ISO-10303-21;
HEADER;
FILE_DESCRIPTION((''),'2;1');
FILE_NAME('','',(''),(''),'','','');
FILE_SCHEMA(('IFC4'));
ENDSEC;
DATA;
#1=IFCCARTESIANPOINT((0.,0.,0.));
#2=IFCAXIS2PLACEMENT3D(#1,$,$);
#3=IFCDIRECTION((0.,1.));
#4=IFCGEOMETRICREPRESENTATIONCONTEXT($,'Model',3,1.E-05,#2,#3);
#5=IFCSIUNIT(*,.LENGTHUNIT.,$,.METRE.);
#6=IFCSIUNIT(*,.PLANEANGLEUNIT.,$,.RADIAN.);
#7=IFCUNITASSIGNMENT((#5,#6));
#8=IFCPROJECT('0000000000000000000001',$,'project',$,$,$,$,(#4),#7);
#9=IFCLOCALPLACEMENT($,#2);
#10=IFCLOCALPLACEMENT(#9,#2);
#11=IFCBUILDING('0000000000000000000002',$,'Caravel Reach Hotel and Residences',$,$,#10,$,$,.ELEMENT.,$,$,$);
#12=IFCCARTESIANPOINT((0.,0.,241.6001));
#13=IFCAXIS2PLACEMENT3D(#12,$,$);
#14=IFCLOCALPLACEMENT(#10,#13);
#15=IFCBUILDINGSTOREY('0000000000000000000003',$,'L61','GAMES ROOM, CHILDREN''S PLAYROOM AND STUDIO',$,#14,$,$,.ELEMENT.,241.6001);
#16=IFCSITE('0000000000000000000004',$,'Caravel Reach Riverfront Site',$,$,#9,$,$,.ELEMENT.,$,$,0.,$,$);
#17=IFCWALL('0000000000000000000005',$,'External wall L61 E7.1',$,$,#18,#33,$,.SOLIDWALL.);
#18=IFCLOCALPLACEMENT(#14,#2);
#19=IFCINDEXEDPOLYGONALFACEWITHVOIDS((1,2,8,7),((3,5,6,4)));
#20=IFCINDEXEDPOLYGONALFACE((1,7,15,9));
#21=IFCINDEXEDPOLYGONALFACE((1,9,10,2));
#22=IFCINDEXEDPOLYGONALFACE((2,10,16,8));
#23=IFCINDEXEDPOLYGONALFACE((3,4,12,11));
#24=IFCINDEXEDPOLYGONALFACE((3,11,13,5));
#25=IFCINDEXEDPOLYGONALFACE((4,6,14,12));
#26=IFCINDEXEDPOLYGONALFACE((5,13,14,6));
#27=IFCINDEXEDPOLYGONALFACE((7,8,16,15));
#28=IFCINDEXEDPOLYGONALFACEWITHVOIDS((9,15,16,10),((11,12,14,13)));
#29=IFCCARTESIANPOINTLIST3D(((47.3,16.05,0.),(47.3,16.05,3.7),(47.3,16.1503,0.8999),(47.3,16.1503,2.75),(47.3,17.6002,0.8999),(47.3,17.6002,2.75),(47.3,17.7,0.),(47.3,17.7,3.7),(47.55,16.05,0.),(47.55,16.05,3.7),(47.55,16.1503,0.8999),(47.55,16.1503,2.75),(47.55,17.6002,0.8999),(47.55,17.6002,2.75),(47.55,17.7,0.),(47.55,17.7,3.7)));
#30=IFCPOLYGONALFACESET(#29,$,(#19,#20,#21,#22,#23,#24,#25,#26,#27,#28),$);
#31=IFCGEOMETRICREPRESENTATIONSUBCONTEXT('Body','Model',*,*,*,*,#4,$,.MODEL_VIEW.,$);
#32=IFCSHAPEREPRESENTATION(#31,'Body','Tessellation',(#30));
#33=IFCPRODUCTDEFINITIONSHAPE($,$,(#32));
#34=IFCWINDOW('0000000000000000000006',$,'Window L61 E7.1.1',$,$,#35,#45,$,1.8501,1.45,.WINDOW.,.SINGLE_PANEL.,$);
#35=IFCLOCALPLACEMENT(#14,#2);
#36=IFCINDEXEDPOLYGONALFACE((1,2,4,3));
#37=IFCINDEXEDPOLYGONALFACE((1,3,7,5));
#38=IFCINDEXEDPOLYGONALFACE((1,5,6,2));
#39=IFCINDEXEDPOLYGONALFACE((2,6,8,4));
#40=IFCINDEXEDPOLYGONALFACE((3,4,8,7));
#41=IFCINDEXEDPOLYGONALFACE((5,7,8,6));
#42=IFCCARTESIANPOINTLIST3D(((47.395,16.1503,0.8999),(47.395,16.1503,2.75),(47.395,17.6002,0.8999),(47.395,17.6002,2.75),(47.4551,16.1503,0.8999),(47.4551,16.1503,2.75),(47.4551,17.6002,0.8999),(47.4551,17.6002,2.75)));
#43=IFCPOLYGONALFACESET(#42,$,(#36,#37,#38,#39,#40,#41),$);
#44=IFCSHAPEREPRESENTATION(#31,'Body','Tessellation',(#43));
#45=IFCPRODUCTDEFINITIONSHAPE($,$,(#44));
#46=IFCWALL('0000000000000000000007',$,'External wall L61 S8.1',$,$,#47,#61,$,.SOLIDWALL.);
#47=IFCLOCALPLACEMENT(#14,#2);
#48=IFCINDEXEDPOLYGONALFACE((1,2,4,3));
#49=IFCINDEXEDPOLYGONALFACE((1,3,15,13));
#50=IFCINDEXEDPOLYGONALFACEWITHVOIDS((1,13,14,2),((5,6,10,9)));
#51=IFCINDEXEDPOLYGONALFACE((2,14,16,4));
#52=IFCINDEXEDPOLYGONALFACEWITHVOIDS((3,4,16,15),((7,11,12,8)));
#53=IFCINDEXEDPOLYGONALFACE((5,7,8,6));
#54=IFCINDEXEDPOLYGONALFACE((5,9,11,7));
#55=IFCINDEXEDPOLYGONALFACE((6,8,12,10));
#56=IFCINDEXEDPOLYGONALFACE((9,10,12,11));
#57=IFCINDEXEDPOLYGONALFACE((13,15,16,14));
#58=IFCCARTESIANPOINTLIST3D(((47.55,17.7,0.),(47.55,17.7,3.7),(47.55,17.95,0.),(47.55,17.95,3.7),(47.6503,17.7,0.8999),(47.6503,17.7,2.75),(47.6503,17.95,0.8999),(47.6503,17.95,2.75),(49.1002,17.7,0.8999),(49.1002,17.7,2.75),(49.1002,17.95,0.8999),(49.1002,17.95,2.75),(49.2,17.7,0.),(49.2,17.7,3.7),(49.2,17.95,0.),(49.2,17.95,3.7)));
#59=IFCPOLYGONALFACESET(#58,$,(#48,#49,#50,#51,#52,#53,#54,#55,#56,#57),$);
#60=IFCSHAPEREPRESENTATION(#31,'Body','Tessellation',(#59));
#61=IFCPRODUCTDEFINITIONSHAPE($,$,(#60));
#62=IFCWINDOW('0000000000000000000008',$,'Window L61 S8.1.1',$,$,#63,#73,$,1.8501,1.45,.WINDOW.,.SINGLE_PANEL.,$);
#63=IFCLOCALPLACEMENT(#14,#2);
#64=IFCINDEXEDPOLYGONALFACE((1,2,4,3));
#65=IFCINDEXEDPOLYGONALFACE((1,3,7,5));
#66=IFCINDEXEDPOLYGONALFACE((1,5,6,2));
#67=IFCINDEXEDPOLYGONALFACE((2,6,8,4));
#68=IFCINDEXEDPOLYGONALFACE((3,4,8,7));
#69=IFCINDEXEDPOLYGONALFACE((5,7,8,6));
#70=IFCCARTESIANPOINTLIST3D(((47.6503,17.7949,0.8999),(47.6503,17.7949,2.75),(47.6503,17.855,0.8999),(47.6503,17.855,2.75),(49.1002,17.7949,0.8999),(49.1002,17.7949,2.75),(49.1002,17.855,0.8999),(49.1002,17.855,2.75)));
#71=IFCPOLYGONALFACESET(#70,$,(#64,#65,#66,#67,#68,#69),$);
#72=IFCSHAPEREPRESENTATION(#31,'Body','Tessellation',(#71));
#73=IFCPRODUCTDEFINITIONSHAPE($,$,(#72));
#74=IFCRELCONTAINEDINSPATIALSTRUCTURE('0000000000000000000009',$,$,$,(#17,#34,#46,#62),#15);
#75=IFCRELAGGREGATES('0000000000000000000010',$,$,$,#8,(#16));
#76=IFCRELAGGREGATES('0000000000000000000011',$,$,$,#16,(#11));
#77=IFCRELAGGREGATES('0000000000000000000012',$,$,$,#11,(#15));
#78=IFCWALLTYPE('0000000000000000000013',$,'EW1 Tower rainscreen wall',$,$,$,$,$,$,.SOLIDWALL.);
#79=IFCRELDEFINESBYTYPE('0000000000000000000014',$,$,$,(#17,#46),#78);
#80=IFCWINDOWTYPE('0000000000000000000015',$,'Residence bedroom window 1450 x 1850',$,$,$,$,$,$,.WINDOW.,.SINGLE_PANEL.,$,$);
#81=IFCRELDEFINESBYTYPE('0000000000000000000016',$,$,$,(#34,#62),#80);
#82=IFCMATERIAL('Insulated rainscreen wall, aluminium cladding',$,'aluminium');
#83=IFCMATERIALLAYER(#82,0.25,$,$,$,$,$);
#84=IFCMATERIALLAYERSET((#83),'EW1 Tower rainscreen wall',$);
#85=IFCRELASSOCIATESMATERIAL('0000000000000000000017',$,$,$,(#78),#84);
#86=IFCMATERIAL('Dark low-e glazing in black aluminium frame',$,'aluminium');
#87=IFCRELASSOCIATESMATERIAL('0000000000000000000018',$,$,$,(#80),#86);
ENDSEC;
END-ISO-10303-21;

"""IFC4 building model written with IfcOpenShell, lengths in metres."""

from ifc_helpers import new_model, si_unit, direction, frame, frame_2d, origin, place, context, subcontext, project, spatial, rectangle, extrude, material, layer, layer_set, type_object, element, fill, save


model = new_model("IFC4")

# Units and contexts
model_context = context("Model", 3, precision=1e-05, world=origin(), true_north=direction((0.0, 1.0)))
body_context = subcontext(model_context, "Body", "Model", "MODEL_VIEW")
ifc_project = project(units=[si_unit("LENGTHUNIT", "METRE"), si_unit("PLANEANGLEUNIT", "RADIAN")], contexts=[model_context])

# Site, building, storey
site_placement = place(None, origin())
site = spatial("IfcSite", under=ifc_project, at=site_placement, Name="Caravel Reach Riverfront Site", CompositionType="ELEMENT", RefElevation=0.0)
building_placement = place(site_placement, origin())
building = spatial("IfcBuilding", under=site, at=building_placement, Name="Caravel Reach Hotel and Residences", CompositionType="ELEMENT")
storey_placement = place(building_placement, frame((0.0, 0.0, 241.6001)))
storey = spatial("IfcBuildingStorey", under=building, at=storey_placement, Name="L61", Description="GAMES ROOM, CHILDREN'S PLAYROOM AND STUDIO", CompositionType="ELEMENT", Elevation=241.6001)

# Walls, openings, windows
ifc_material_1 = material(Name="Insulated rainscreen wall, aluminium cladding", Category="aluminium")
ifc_layer = layer(ifc_material_1, 0.25)
ifc_layer_set = layer_set([ifc_layer], Name="EW1 Tower rainscreen wall")
wall_type = type_object("IfcWallType", Name="EW1 Tower rainscreen wall", PredefinedType="SOLIDWALL", material=ifc_layer_set)
ifc_material_2 = material(Name="Dark low-e glazing in black aluminium frame", Category="aluminium")
window_type = type_object("IfcWindowType", Name="Residence bedroom window 1450 x 1850", PartitioningType="SINGLE_PANEL", PredefinedType="WINDOW", material=ifc_material_2)
wall_1_placement = place(storey_placement, frame((47.425, 16.05, 0.0), z_axis=(0.0, 0.0, 1.0), x_axis=(0.0, 1.0, 0.0)))
wall_1 = element("IfcWall", 1, at=wall_1_placement, inside=storey, type_object=wall_type, Name="External wall L61 E7.1", PredefinedType="SOLIDWALL", context=body_context, shape_type="SweptSolid", body=[
    extrude(rectangle(XDim=1.6499, YDim=0.25, at=frame_2d((0.825, 0.0))), origin(), (0.0, 0.0, 1.0), 3.7),
])
opening_1_placement = place(wall_1_placement, frame((0.1001, 0.0, 0.8999)))
opening_1 = element("IfcOpeningElement", 2, at=opening_1_placement, cuts=wall_1, PredefinedType="OPENING", context=body_context, shape_type="SweptSolid", body=[
    extrude(rectangle(XDim=1.45, YDim=1.8501, at=frame_2d((0.7251, 0.925))), frame((0.0, 0.135, 0.0), z_axis=(0.0, -1.0, 0.0), x_axis=(1.0, 0.0, 0.0)), (0.0, 0.0, 1.0), 0.27),
])
window_1_placement = place(opening_1_placement, origin())
window_1 = element("IfcWindow", 3, at=window_1_placement, inside=storey, type_object=window_type, Name="Window L61 E7.1.1", OverallHeight=1.8501, OverallWidth=1.45, PartitioningType="SINGLE_PANEL", PredefinedType="WINDOW", context=body_context, shape_type="SweptSolid", body=[
    extrude(rectangle(XDim=1.45, YDim=1.8501, at=frame_2d((0.7251, 0.925))), frame((0.0, 0.03, 0.0), z_axis=(0.0, -1.0, 0.0), x_axis=(1.0, 0.0, 0.0)), (0.0, 0.0, 1.0), 0.0601),
])
fill(opening_1, window_1)
wall_2_placement = place(storey_placement, frame((47.55, 17.825, 0.0), z_axis=(0.0, 0.0, 1.0), x_axis=(1.0, 0.0, 0.0)))
wall_2 = element("IfcWall", 4, at=wall_2_placement, inside=storey, type_object=wall_type, Name="External wall L61 S8.1", PredefinedType="SOLIDWALL", context=body_context, shape_type="SweptSolid", body=[
    extrude(rectangle(XDim=1.6499, YDim=0.25, at=frame_2d((0.825, 0.0))), origin(), (0.0, 0.0, 1.0), 3.7),
])
opening_2_placement = place(wall_2_placement, frame((0.1001, 0.0, 0.8999)))
opening_2 = element("IfcOpeningElement", 5, at=opening_2_placement, cuts=wall_2, PredefinedType="OPENING", context=body_context, shape_type="SweptSolid", body=[
    extrude(rectangle(XDim=1.45, YDim=1.8501, at=frame_2d((0.7251, 0.925))), frame((0.0, 0.135, 0.0), z_axis=(0.0, -1.0, 0.0), x_axis=(1.0, 0.0, 0.0)), (0.0, 0.0, 1.0), 0.27),
])
window_2_placement = place(opening_2_placement, origin())
window_2 = element("IfcWindow", 6, at=window_2_placement, inside=storey, type_object=window_type, Name="Window L61 S8.1.1", OverallHeight=1.8501, OverallWidth=1.45, PartitioningType="SINGLE_PANEL", PredefinedType="WINDOW", context=body_context, shape_type="SweptSolid", body=[
    extrude(rectangle(XDim=1.45, YDim=1.8501, at=frame_2d((0.7251, 0.925))), frame((0.0, 0.03, 0.0), z_axis=(0.0, -1.0, 0.0), x_axis=(1.0, 0.0, 0.0)), (0.0, 0.0, 1.0), 0.0601),
])
fill(opening_2, window_2)

save(model, "model.ifc")
